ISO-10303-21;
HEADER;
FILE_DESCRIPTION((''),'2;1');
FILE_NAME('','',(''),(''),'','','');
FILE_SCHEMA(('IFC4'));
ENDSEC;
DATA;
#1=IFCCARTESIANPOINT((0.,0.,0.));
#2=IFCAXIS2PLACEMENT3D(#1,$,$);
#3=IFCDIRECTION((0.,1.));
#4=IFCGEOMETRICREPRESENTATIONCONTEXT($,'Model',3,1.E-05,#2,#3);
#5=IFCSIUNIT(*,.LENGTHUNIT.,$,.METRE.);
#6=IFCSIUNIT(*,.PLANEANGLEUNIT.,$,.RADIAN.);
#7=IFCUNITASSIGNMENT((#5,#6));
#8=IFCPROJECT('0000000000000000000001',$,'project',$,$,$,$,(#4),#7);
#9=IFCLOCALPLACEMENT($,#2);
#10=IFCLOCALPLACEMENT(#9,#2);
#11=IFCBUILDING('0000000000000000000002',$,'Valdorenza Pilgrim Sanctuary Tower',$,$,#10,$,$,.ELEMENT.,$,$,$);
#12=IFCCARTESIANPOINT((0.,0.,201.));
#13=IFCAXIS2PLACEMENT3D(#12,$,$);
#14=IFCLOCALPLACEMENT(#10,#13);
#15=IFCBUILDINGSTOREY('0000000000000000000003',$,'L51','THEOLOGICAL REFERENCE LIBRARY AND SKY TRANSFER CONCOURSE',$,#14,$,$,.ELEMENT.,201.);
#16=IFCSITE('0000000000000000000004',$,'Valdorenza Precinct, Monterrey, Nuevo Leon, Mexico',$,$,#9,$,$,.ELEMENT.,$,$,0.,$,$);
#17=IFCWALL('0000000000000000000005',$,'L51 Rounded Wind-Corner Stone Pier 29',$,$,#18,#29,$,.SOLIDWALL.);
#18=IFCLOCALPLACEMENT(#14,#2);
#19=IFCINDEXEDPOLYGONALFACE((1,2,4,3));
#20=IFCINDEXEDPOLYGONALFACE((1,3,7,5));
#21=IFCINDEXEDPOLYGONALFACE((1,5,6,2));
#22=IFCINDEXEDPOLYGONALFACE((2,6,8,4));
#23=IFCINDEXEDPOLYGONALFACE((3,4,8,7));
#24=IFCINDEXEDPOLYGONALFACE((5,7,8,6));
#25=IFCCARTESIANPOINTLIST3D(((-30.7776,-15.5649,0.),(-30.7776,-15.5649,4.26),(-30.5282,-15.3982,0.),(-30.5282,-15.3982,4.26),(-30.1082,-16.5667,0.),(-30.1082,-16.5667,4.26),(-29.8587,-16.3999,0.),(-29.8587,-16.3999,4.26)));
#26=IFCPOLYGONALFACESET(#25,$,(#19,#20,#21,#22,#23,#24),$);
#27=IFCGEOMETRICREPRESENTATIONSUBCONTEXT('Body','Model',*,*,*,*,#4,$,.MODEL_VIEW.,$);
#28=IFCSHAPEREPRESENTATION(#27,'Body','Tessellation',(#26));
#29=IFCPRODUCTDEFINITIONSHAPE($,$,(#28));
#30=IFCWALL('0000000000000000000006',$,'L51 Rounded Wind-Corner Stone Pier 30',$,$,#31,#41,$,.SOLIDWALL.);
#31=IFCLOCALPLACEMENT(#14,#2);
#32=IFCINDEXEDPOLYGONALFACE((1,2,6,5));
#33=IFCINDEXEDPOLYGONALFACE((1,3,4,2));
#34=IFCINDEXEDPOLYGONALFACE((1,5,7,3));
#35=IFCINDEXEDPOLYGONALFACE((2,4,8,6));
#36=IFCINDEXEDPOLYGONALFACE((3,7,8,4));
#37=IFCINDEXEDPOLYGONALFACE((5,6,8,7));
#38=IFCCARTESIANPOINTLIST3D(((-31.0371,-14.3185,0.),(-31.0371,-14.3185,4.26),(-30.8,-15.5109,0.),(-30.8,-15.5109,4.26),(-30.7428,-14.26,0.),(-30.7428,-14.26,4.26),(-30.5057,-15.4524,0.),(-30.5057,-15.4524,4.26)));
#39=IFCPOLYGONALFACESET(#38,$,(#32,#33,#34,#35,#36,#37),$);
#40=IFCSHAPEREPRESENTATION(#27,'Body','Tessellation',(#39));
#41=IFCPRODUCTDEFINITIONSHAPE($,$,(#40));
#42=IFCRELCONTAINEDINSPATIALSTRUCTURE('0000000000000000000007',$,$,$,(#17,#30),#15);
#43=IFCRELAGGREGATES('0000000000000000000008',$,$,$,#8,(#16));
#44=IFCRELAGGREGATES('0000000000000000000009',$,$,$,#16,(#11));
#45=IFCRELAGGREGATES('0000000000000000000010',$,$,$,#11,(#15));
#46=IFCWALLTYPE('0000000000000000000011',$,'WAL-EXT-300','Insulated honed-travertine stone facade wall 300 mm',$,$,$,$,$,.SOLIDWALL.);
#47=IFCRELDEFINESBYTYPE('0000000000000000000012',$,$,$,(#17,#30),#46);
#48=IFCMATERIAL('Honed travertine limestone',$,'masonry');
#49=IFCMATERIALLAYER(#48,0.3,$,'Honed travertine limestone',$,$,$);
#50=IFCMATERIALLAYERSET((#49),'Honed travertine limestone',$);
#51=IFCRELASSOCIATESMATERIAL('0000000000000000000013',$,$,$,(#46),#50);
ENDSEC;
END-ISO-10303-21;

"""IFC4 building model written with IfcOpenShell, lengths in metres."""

from ifc_helpers import new_model, si_unit, direction, frame, frame_2d, origin, place, context, subcontext, project, spatial, rectangle, extrude, material, layer, layer_set, type_object, element, save


model = new_model("IFC4")

# Units and contexts
model_context = context("Model", 3, precision=1e-05, world=origin(), true_north=direction((0.0, 1.0)))
body_context = subcontext(model_context, "Body", "Model", "MODEL_VIEW")
ifc_project = project(units=[si_unit("LENGTHUNIT", "METRE"), si_unit("PLANEANGLEUNIT", "RADIAN")], contexts=[model_context])

# Site, building, storey
site_placement = place(None, origin())
site = spatial("IfcSite", under=ifc_project, at=site_placement, Name="Valdorenza Precinct, Monterrey, Nuevo Leon, Mexico", CompositionType="ELEMENT", RefElevation=0.0)
building_placement = place(site_placement, origin())
building = spatial("IfcBuilding", under=site, at=building_placement, Name="Valdorenza Pilgrim Sanctuary Tower", CompositionType="ELEMENT")
storey_placement = place(building_placement, frame((0.0, 0.0, 201.0)))
storey = spatial("IfcBuildingStorey", under=building, at=storey_placement, Name="L51", Description="THEOLOGICAL REFERENCE LIBRARY AND SKY TRANSFER CONCOURSE", CompositionType="ELEMENT", Elevation=201.0)

# Shared definitions
ifc_material_1 = material(Name="Honed travertine limestone", Category="masonry")

# Walls
ifc_layer_1 = layer(ifc_material_1, 0.3, Name="Honed travertine limestone")
ifc_layer_set_1 = layer_set([ifc_layer_1], Name="Honed travertine limestone")
wall_type_1 = type_object("IfcWallType", Name="WAL-EXT-300", Description="Insulated honed-travertine stone facade wall 300 mm", PredefinedType="SOLIDWALL", material=ifc_layer_set_1)
for number, where, z_axis, x_axis, name in (
    (1, (-29.9834, -16.4834, 0.0), (0.0, 0.0, 1.0), (-0.555635, 0.831426, 0.0), "L51 Rounded Wind-Corner Stone Pier 29"),
):
    element("IfcWall", number, at=place(storey_placement, frame(where, z_axis=z_axis, x_axis=x_axis)), inside=storey, type_object=wall_type_1, Name=name, PredefinedType="SOLIDWALL", context=body_context, shape_type="SweptSolid", body=[
        extrude(rectangle(XDim=1.2048, YDim=0.3, at=frame_2d((0.6025, 0.0))), origin(), (0.0, 0.0, 1.0), 4.26),
    ])
wall_1_placement = place(storey_placement, frame((-30.6528, -15.4817, 0.0), z_axis=(0.0, 0.0, 1.0), x_axis=(-0.194996, 0.980804, 0.0)))
element("IfcWall", 2, at=wall_1_placement, inside=storey, type_object=wall_type_1, Name="L51 Rounded Wind-Corner Stone Pier 30", PredefinedType="SOLIDWALL", context=body_context, shape_type="SweptSolid", body=[
    extrude(rectangle(XDim=1.2158, YDim=0.3, at=frame_2d((0.6079, 0.0))), origin(), (0.0, 0.0, 1.0), 4.26),
])

save(model, "model.ifc")
